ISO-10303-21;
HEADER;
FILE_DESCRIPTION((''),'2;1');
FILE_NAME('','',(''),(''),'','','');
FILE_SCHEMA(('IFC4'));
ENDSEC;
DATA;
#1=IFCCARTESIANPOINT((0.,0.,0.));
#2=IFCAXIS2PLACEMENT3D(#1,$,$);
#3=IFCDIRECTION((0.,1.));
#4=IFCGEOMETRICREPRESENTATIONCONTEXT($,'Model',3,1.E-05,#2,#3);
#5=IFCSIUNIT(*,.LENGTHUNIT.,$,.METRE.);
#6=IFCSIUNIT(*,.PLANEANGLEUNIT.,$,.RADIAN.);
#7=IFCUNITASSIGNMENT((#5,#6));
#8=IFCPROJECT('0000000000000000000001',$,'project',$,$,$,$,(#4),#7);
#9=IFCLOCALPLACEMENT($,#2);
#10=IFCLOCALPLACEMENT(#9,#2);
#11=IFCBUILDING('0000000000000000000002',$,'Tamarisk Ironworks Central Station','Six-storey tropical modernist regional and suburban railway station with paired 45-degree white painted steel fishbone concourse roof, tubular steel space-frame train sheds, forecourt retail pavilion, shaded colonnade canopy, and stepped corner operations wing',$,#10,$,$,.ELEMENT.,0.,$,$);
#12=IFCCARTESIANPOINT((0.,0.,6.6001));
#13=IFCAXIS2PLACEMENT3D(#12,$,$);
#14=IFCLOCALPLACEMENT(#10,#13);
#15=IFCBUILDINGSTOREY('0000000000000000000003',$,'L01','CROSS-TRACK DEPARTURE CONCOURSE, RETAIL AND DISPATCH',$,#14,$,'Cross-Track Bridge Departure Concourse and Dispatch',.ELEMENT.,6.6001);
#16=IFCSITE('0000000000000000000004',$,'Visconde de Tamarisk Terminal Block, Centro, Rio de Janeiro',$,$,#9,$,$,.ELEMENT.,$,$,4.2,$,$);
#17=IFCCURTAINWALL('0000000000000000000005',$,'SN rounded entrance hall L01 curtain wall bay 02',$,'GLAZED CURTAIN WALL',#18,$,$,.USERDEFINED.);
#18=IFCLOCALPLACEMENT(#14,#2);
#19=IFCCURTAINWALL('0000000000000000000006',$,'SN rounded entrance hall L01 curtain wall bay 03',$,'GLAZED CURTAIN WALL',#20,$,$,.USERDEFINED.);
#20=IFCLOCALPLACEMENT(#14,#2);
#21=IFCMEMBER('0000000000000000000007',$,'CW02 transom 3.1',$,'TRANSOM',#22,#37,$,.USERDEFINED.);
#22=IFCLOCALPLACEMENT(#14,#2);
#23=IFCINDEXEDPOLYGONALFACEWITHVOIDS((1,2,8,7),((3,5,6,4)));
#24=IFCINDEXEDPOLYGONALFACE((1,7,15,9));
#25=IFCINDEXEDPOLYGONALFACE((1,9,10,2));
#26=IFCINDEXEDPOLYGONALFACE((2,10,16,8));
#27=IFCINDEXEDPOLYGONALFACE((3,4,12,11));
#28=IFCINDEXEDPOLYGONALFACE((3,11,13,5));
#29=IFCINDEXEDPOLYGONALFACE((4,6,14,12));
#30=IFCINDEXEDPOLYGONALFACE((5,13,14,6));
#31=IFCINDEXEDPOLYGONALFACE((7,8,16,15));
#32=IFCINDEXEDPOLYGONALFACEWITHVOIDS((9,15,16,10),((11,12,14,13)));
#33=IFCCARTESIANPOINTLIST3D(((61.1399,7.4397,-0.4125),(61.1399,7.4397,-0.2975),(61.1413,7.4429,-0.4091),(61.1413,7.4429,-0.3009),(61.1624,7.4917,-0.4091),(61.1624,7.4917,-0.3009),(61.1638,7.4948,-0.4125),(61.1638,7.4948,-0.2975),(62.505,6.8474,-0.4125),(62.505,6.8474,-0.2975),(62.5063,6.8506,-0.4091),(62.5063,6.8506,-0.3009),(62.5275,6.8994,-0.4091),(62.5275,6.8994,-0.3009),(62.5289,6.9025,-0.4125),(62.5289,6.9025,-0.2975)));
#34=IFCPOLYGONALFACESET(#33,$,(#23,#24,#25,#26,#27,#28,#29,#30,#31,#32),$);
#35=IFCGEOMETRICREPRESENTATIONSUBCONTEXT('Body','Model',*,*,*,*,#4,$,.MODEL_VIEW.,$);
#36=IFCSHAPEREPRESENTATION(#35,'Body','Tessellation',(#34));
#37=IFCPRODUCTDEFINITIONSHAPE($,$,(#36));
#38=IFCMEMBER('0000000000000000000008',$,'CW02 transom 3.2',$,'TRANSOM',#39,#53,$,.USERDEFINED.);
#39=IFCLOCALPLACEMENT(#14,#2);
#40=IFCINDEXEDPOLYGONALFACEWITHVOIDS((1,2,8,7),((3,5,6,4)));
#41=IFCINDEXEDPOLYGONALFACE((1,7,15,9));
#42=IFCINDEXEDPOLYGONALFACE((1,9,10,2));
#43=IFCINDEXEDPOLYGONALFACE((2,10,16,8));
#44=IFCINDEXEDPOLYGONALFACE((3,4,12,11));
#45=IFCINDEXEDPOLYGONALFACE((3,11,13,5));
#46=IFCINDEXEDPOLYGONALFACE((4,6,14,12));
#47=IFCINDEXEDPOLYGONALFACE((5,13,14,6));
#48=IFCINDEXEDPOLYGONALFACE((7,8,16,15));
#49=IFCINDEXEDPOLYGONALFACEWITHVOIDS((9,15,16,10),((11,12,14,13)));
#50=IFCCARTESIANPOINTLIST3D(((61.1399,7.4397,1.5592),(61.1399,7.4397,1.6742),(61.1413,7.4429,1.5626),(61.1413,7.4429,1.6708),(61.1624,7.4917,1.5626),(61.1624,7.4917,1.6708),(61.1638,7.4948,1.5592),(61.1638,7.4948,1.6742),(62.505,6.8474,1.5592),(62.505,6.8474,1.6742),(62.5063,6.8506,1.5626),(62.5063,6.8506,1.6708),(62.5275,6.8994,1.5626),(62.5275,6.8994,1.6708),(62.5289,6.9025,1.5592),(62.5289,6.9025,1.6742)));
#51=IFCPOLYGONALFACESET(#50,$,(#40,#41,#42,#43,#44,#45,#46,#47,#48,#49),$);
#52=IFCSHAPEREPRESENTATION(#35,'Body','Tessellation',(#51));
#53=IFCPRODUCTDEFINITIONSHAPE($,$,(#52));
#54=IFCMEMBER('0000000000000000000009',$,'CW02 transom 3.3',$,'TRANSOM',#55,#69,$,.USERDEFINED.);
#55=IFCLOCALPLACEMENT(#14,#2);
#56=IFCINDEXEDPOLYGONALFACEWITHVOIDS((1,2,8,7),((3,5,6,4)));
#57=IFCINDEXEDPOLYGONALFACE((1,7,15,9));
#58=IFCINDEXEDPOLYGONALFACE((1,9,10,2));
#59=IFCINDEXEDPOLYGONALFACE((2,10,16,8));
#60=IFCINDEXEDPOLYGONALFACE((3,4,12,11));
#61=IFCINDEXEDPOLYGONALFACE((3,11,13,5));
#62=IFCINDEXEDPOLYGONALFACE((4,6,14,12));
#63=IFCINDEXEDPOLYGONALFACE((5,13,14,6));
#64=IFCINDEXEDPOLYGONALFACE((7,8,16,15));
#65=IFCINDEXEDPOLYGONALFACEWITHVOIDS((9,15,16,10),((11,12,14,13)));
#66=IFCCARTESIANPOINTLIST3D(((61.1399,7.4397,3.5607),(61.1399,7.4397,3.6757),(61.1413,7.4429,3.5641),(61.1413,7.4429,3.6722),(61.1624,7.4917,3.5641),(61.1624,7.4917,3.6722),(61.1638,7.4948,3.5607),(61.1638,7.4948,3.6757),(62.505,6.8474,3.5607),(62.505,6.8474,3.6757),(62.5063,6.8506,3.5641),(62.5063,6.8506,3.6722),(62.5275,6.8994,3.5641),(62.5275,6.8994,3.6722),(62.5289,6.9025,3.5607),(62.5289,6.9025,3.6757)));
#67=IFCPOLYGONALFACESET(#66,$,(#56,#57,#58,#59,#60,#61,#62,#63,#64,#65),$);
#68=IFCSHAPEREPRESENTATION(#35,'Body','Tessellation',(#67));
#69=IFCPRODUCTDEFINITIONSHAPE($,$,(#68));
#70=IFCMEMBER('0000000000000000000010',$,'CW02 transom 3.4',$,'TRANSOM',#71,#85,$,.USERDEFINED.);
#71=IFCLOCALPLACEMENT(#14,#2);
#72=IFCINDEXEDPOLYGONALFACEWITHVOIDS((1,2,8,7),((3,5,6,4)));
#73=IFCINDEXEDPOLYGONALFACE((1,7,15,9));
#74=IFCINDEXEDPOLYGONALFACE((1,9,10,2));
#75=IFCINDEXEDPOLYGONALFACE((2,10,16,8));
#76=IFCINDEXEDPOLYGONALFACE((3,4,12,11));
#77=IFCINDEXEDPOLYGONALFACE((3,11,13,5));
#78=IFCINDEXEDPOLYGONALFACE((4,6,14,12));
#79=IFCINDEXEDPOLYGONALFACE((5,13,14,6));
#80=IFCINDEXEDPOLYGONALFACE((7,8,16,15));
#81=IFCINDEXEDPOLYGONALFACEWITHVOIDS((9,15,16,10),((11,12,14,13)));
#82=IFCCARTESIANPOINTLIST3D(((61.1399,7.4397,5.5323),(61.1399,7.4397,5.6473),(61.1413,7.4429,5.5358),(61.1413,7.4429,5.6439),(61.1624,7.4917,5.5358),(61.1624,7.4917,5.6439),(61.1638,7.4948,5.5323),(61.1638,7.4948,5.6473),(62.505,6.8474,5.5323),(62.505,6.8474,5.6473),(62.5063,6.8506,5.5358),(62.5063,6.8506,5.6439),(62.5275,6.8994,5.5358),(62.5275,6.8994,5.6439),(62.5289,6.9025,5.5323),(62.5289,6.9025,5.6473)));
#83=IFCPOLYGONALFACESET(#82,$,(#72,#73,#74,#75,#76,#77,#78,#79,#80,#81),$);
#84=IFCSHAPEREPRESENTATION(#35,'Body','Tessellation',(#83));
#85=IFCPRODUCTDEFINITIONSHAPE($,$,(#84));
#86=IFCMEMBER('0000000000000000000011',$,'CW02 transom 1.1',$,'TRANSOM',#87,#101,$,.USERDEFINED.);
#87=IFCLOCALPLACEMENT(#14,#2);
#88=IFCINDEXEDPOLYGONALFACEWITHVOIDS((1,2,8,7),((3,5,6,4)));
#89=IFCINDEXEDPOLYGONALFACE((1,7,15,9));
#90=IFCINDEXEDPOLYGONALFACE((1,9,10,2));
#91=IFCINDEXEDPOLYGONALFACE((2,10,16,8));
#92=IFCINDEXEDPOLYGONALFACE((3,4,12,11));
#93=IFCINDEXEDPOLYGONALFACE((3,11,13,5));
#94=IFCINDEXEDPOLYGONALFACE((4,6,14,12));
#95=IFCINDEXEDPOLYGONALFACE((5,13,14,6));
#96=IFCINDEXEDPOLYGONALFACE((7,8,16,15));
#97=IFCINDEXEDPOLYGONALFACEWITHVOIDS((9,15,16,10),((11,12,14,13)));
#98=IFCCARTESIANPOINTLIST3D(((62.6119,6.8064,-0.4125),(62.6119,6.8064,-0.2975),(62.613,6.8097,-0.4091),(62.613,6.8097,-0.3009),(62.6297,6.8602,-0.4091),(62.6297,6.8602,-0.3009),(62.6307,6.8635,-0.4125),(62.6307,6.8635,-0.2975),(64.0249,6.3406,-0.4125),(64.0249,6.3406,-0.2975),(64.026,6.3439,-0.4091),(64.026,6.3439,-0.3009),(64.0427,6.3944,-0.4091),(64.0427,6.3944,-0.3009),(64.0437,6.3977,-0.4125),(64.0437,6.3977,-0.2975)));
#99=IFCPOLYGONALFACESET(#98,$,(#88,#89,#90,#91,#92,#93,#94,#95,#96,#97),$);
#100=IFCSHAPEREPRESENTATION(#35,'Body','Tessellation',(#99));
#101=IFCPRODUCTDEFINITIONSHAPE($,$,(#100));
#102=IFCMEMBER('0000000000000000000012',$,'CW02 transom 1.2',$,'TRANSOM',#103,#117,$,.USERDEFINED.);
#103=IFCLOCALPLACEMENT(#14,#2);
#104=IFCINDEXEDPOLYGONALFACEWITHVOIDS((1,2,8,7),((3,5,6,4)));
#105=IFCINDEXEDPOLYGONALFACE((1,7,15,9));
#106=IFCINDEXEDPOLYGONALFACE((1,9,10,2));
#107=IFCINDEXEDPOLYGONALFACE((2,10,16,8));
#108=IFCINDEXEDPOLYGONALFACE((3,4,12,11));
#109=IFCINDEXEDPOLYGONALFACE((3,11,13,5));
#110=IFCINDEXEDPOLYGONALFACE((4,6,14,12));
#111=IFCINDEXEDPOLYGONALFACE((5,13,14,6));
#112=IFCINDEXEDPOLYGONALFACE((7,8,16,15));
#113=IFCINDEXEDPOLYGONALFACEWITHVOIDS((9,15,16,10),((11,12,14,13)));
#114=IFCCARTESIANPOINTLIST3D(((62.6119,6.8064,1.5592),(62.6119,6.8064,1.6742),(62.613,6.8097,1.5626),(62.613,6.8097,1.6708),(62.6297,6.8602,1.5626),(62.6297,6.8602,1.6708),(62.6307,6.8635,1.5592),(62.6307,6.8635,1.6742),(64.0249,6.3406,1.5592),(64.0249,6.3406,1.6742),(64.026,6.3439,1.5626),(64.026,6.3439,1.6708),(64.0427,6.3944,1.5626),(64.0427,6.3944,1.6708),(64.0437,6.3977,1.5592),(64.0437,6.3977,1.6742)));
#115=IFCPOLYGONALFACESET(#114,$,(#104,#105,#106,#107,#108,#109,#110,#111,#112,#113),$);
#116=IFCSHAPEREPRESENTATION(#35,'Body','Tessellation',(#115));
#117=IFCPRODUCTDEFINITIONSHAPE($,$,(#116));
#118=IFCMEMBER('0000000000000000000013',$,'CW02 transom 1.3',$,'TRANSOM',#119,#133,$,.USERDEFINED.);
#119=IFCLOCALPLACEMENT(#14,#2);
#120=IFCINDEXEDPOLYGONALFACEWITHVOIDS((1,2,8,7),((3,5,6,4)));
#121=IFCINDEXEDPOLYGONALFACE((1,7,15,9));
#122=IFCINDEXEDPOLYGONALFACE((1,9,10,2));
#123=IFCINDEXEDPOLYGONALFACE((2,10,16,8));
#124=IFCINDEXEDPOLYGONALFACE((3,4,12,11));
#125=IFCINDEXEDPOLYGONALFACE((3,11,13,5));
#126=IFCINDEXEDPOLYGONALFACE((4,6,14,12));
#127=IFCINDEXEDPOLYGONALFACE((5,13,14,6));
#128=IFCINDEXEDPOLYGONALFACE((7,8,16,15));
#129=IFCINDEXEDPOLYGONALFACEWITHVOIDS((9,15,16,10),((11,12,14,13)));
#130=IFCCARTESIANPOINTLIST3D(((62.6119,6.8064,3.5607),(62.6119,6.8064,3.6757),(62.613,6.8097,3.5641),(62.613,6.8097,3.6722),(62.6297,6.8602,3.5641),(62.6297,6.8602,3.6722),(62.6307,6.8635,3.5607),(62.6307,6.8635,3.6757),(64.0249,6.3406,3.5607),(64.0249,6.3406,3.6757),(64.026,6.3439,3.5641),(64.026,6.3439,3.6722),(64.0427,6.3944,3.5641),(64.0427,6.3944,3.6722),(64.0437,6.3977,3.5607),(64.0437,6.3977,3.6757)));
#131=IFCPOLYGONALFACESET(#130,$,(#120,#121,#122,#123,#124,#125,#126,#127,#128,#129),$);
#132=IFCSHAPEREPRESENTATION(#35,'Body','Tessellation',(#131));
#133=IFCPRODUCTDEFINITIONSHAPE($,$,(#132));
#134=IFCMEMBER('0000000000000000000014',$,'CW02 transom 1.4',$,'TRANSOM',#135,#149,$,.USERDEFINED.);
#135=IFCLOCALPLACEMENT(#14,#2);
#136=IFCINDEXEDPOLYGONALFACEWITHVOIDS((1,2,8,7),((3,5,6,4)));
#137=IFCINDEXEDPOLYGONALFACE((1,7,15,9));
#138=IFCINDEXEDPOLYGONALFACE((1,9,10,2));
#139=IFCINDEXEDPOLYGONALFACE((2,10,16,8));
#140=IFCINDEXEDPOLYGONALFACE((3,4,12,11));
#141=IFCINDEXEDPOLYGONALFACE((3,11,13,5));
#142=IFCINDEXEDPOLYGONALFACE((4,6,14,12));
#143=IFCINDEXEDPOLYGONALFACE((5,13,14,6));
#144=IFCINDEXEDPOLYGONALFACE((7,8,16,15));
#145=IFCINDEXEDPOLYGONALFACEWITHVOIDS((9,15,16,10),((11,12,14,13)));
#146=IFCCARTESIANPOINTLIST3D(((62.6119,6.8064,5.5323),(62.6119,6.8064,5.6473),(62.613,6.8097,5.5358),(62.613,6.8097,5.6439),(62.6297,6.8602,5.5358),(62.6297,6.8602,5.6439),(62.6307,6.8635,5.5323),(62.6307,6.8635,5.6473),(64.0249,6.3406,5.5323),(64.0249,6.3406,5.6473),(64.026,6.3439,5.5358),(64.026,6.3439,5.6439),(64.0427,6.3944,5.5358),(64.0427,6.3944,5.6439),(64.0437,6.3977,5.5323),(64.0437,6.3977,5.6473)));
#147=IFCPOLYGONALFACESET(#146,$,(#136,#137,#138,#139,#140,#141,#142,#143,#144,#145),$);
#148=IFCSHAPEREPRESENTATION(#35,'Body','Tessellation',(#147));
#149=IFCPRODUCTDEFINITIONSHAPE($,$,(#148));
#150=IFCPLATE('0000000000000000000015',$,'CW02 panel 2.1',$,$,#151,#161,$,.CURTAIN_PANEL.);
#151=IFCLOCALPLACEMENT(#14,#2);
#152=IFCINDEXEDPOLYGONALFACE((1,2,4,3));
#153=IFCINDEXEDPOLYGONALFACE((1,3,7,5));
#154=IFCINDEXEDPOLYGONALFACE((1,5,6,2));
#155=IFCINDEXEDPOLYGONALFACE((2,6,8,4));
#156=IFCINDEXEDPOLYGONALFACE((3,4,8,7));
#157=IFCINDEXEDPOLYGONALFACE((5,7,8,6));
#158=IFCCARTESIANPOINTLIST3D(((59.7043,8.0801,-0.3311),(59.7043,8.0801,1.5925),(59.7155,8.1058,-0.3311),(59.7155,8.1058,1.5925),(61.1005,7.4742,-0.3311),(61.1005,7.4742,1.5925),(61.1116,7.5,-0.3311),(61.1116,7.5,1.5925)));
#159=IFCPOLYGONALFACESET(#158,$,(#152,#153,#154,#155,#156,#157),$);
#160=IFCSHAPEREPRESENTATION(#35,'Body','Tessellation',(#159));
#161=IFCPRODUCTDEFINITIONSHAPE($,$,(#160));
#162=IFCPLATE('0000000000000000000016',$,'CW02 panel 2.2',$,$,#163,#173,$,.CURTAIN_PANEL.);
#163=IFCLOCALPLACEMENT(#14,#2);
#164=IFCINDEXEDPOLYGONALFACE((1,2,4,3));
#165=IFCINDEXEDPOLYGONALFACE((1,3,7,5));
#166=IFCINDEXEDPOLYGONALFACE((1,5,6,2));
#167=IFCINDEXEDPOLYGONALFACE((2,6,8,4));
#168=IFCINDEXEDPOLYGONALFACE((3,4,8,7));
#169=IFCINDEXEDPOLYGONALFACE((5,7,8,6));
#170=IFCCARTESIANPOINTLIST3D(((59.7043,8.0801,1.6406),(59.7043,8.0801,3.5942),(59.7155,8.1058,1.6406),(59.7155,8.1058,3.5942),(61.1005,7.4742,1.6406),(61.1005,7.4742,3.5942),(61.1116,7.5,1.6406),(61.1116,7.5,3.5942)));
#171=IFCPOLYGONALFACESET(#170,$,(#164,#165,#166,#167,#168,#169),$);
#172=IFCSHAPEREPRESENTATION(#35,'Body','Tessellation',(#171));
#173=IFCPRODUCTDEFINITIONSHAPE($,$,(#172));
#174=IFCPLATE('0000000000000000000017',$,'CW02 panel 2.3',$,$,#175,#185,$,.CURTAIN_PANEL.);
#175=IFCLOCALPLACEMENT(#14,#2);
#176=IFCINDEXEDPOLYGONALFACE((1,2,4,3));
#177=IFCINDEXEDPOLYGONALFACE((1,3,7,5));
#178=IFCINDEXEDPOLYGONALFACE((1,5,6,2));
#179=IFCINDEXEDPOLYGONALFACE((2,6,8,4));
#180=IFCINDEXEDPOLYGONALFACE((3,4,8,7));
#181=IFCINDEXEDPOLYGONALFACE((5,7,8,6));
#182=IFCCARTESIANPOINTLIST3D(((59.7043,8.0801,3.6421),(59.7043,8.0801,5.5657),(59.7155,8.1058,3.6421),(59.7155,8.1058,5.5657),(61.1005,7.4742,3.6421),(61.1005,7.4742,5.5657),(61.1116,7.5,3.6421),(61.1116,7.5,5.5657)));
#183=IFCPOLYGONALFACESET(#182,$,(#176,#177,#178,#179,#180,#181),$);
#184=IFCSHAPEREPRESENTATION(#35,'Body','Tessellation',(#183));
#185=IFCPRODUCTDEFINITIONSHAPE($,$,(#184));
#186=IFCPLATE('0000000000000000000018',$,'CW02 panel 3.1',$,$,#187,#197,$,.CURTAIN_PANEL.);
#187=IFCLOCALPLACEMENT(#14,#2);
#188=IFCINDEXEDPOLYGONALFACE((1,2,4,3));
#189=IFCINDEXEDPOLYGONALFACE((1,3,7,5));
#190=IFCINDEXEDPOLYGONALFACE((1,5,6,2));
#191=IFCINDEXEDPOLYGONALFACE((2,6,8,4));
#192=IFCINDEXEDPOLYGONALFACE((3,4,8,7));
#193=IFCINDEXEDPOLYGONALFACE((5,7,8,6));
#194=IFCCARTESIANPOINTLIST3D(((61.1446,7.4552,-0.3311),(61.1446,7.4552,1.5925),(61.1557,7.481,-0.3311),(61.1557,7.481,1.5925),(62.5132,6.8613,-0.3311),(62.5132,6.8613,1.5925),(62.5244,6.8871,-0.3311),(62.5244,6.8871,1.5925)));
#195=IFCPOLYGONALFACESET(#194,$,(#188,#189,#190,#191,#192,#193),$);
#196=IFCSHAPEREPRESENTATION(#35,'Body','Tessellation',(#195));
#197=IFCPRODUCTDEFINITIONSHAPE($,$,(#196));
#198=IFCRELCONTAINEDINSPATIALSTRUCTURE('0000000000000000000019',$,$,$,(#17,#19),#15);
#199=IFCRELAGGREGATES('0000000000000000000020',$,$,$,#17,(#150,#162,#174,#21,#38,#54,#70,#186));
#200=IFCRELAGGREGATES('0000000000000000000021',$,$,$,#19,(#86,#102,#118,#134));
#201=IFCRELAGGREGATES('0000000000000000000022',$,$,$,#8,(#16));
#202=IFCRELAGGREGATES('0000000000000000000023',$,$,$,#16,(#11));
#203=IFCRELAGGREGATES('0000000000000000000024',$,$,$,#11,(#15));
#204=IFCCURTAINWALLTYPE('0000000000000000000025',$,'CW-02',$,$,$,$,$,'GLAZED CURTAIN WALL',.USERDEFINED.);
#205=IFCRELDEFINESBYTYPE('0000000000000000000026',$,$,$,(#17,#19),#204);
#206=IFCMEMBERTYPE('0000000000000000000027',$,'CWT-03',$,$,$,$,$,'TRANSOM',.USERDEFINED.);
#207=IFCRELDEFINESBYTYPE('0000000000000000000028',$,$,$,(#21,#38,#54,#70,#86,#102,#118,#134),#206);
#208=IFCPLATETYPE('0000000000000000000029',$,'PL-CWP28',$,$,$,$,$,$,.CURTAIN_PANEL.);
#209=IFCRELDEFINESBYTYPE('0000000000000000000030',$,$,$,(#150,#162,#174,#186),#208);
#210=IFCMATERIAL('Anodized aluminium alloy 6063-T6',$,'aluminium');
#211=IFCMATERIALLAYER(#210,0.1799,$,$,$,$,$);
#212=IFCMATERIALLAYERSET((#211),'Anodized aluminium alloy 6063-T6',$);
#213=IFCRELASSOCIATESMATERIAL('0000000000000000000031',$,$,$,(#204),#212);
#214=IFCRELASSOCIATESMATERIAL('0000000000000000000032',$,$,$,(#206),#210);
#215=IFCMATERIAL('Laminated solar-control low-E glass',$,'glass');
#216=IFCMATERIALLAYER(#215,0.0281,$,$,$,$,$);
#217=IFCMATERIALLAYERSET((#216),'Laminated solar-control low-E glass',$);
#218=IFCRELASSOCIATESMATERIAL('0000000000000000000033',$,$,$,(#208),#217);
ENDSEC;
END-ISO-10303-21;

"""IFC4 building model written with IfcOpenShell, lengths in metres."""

from ifc_helpers import new_model, si_unit, direction, frame, origin, origin_2d, place, context, subcontext, project, spatial, rectangle, hollow_rectangle, extrude, material, layer, layer_set, material_profile, profile_set, type_object, element, aggregate, save


model = new_model("IFC4")

# Units and contexts
model_context = context("Model", 3, precision=1e-05, world=origin(), true_north=direction((0.0, 1.0)))
body_context = subcontext(model_context, "Body", "Model", "MODEL_VIEW")
ifc_project = project(units=[si_unit("LENGTHUNIT", "METRE"), si_unit("PLANEANGLEUNIT", "RADIAN")], contexts=[model_context])

# Site, building, storey
site_placement = place(None, origin())
site = spatial("IfcSite", under=ifc_project, at=site_placement, Name="Visconde de Tamarisk Terminal Block, Centro, Rio de Janeiro", CompositionType="ELEMENT", RefElevation=4.2)
building_placement = place(site_placement, origin())
building = spatial("IfcBuilding", under=site, at=building_placement, Name="Tamarisk Ironworks Central Station", Description="Six-storey tropical modernist regional and suburban railway station with paired 45-degree white painted steel fishbone concourse roof, tubular steel space-frame train sheds, forecourt retail pavilion, shaded colonnade canopy, and stepped corner operations wing", CompositionType="ELEMENT", ElevationOfRefHeight=0.0)
storey_placement = place(building_placement, frame((0.0, 0.0, 6.6001)))
storey = spatial("IfcBuildingStorey", under=building, at=storey_placement, Name="L01", Description="CROSS-TRACK DEPARTURE CONCOURSE, RETAIL AND DISPATCH", LongName="Cross-Track Bridge Departure Concourse and Dispatch", CompositionType="ELEMENT", Elevation=6.6001)

# Curtain walls
ifc_material_1 = material(Name="Anodized aluminium alloy 6063-T6", Category="aluminium")
ifc_layer_1 = layer(ifc_material_1, 0.1799)
ifc_layer_set_1 = layer_set([ifc_layer_1], Name="Anodized aluminium alloy 6063-T6")
curtain_wall_type = type_object("IfcCurtainWallType", Name="CW-02", ElementType="GLAZED CURTAIN WALL", PredefinedType="USERDEFINED", material=ifc_layer_set_1)
curtain_wall_1_placement = place(storey_placement, origin())
curtain_wall_1 = element("IfcCurtainWall", 1, at=curtain_wall_1_placement, inside=storey, type_object=curtain_wall_type, Name="SN rounded entrance hall L01 curtain wall bay 02", ObjectType="GLAZED CURTAIN WALL", PredefinedType="USERDEFINED")
curtain_wall_2_placement = place(storey_placement, origin())
curtain_wall_2 = element("IfcCurtainWall", 2, at=curtain_wall_2_placement, inside=storey, type_object=curtain_wall_type, Name="SN rounded entrance hall L01 curtain wall bay 03", ObjectType="GLAZED CURTAIN WALL", PredefinedType="USERDEFINED")

# Members
ifc_material_profile_1 = material_profile(ifc_material_1, hollow_rectangle(XDim=0.0601, YDim=0.115, WallThickness=0.0034, at=origin_2d()), Name="ALUM 115x60")
ifc_profile_set_1 = profile_set([ifc_material_profile_1], Name="Anodized aluminium alloy 6063-T6")
member_type_1 = type_object("IfcMemberType", Name="CWT-03", ElementType="TRANSOM", PredefinedType="USERDEFINED", material=ifc_profile_set_1)
member_1_placement = place(storey_placement, frame((61.1519, 7.4673, -0.355), z_axis=(0.917362, -0.398054, 0.0), x_axis=(0.398054, 0.917362, 0.0)))
member_1 = element("IfcMember", 3, at=member_1_placement, type_object=member_type_1, Name="CW02 transom 3.1", ObjectType="TRANSOM", PredefinedType="USERDEFINED", context=body_context, shape_type="SweptSolid", body=[
    extrude(hollow_rectangle(XDim=0.0601, YDim=0.115, WallThickness=0.0034, at=origin_2d()), origin(), (0.0, 0.0, 1.0), 1.488),
])
member_2_placement = place(storey_placement, frame((61.1519, 7.4673, 1.6167), z_axis=(0.917362, -0.398054, 0.0), x_axis=(0.398054, 0.917362, 0.0)))
member_2 = element("IfcMember", 4, at=member_2_placement, type_object=member_type_1, Name="CW02 transom 3.2", ObjectType="TRANSOM", PredefinedType="USERDEFINED", context=body_context, shape_type="SweptSolid", body=[
    extrude(hollow_rectangle(XDim=0.0601, YDim=0.115, WallThickness=0.0034, at=origin_2d()), origin(), (0.0, 0.0, 1.0), 1.488),
])
member_3_placement = place(storey_placement, frame((61.1519, 7.4673, 3.6182), z_axis=(0.917362, -0.398054, 0.0), x_axis=(0.398054, 0.917362, 0.0)))
member_3 = element("IfcMember", 5, at=member_3_placement, type_object=member_type_1, Name="CW02 transom 3.3", ObjectType="TRANSOM", PredefinedType="USERDEFINED", context=body_context, shape_type="SweptSolid", body=[
    extrude(hollow_rectangle(XDim=0.0601, YDim=0.115, WallThickness=0.0034, at=origin_2d()), origin(), (0.0, 0.0, 1.0), 1.488),
])
member_4_placement = place(storey_placement, frame((61.1519, 7.4673, 5.5898), z_axis=(0.917362, -0.398054, 0.0), x_axis=(0.398054, 0.917362, 0.0)))
member_4 = element("IfcMember", 6, at=member_4_placement, type_object=member_type_1, Name="CW02 transom 3.4", ObjectType="TRANSOM", PredefinedType="USERDEFINED", context=body_context, shape_type="SweptSolid", body=[
    extrude(hollow_rectangle(XDim=0.0601, YDim=0.115, WallThickness=0.0034, at=origin_2d()), origin(), (0.0, 0.0, 1.0), 1.488),
])
member_5_placement = place(storey_placement, frame((62.6213, 6.835, -0.355), z_axis=(0.949728, -0.313076, 0.0), x_axis=(0.313076, 0.949728, 0.0)))
member_5 = element("IfcMember", 7, at=member_5_placement, type_object=member_type_1, Name="CW02 transom 1.1", ObjectType="TRANSOM", PredefinedType="USERDEFINED", context=body_context, shape_type="SweptSolid", body=[
    extrude(hollow_rectangle(XDim=0.0601, YDim=0.115, WallThickness=0.0034, at=origin_2d()), origin(), (0.0, 0.0, 1.0), 1.4878),
])
member_6_placement = place(storey_placement, frame((62.6213, 6.835, 1.6167), z_axis=(0.949728, -0.313076, 0.0), x_axis=(0.313076, 0.949728, 0.0)))
member_6 = element("IfcMember", 8, at=member_6_placement, type_object=member_type_1, Name="CW02 transom 1.2", ObjectType="TRANSOM", PredefinedType="USERDEFINED", context=body_context, shape_type="SweptSolid", body=[
    extrude(hollow_rectangle(XDim=0.0601, YDim=0.115, WallThickness=0.0034, at=origin_2d()), origin(), (0.0, 0.0, 1.0), 1.4878),
])
member_7_placement = place(storey_placement, frame((62.6213, 6.835, 3.6182), z_axis=(0.949728, -0.313076, 0.0), x_axis=(0.313076, 0.949728, 0.0)))
member_7 = element("IfcMember", 9, at=member_7_placement, type_object=member_type_1, Name="CW02 transom 1.3", ObjectType="TRANSOM", PredefinedType="USERDEFINED", context=body_context, shape_type="SweptSolid", body=[
    extrude(hollow_rectangle(XDim=0.0601, YDim=0.115, WallThickness=0.0034, at=origin_2d()), origin(), (0.0, 0.0, 1.0), 1.4878),
])
member_8_placement = place(storey_placement, frame((62.6213, 6.835, 5.5898), z_axis=(0.949728, -0.313076, 0.0), x_axis=(0.313076, 0.949728, 0.0)))
member_8 = element("IfcMember", 10, at=member_8_placement, type_object=member_type_1, Name="CW02 transom 1.4", ObjectType="TRANSOM", PredefinedType="USERDEFINED", context=body_context, shape_type="SweptSolid", body=[
    extrude(hollow_rectangle(XDim=0.0601, YDim=0.115, WallThickness=0.0034, at=origin_2d()), origin(), (0.0, 0.0, 1.0), 1.4878),
])

# Plates
ifc_material_2 = material(Name="Laminated solar-control low-E glass", Category="glass")
ifc_layer_2 = layer(ifc_material_2, 0.0281)
ifc_layer_set_2 = layer_set([ifc_layer_2], Name="Laminated solar-control low-E glass")
plate_type = type_object("IfcPlateType", Name="PL-CWP28", PredefinedType="CURTAIN_PANEL", material=ifc_layer_set_2)
plate_1_placement = place(storey_placement, frame((60.408, 7.79, -0.3311), z_axis=(0.0, 0.0, 1.0), x_axis=(0.917352, -0.398077, 0.0)))
plate_1 = element("IfcPlate", 11, at=plate_1_placement, type_object=plate_type, Name="CW02 panel 2.1", PredefinedType="CURTAIN_PANEL", context=body_context, shape_type="SweptSolid", body=[
    extrude(rectangle(XDim=1.522, YDim=0.0281, at=origin_2d()), origin(), (0.0, 0.0, 1.0), 1.9236),
])
plate_2_placement = place(storey_placement, frame((60.408, 7.79, 1.6406), z_axis=(0.0, 0.0, 1.0), x_axis=(0.917352, -0.398077, 0.0)))
plate_2 = element("IfcPlate", 12, at=plate_2_placement, type_object=plate_type, Name="CW02 panel 2.2", PredefinedType="CURTAIN_PANEL", context=body_context, shape_type="SweptSolid", body=[
    extrude(rectangle(XDim=1.522, YDim=0.0281, at=origin_2d()), origin(), (0.0, 0.0, 1.0), 1.9536),
])
plate_3_placement = place(storey_placement, frame((60.408, 7.79, 3.6421), z_axis=(0.0, 0.0, 1.0), x_axis=(0.917352, -0.398077, 0.0)))
plate_3 = element("IfcPlate", 13, at=plate_3_placement, type_object=plate_type, Name="CW02 panel 2.3", PredefinedType="CURTAIN_PANEL", context=body_context, shape_type="SweptSolid", body=[
    extrude(rectangle(XDim=1.522, YDim=0.0281, at=origin_2d()), origin(), (0.0, 0.0, 1.0), 1.9236),
])
plate_4_placement = place(storey_placement, frame((61.8345, 7.1711, -0.3311), z_axis=(0.0, 0.0, 1.0), x_axis=(0.917352, -0.398077, 0.0)))
plate_4 = element("IfcPlate", 14, at=plate_4_placement, type_object=plate_type, Name="CW02 panel 3.1", PredefinedType="CURTAIN_PANEL", context=body_context, shape_type="SweptSolid", body=[
    extrude(rectangle(XDim=1.4919, YDim=0.0281, at=origin_2d()), origin(), (0.0, 0.0, 1.0), 1.9236),
])
aggregate(curtain_wall_1, [plate_1, plate_2, plate_3, member_1, member_2, member_3, member_4, plate_4])
aggregate(curtain_wall_2, [member_5, member_6, member_7, member_8])

save(model, "model.ifc")
